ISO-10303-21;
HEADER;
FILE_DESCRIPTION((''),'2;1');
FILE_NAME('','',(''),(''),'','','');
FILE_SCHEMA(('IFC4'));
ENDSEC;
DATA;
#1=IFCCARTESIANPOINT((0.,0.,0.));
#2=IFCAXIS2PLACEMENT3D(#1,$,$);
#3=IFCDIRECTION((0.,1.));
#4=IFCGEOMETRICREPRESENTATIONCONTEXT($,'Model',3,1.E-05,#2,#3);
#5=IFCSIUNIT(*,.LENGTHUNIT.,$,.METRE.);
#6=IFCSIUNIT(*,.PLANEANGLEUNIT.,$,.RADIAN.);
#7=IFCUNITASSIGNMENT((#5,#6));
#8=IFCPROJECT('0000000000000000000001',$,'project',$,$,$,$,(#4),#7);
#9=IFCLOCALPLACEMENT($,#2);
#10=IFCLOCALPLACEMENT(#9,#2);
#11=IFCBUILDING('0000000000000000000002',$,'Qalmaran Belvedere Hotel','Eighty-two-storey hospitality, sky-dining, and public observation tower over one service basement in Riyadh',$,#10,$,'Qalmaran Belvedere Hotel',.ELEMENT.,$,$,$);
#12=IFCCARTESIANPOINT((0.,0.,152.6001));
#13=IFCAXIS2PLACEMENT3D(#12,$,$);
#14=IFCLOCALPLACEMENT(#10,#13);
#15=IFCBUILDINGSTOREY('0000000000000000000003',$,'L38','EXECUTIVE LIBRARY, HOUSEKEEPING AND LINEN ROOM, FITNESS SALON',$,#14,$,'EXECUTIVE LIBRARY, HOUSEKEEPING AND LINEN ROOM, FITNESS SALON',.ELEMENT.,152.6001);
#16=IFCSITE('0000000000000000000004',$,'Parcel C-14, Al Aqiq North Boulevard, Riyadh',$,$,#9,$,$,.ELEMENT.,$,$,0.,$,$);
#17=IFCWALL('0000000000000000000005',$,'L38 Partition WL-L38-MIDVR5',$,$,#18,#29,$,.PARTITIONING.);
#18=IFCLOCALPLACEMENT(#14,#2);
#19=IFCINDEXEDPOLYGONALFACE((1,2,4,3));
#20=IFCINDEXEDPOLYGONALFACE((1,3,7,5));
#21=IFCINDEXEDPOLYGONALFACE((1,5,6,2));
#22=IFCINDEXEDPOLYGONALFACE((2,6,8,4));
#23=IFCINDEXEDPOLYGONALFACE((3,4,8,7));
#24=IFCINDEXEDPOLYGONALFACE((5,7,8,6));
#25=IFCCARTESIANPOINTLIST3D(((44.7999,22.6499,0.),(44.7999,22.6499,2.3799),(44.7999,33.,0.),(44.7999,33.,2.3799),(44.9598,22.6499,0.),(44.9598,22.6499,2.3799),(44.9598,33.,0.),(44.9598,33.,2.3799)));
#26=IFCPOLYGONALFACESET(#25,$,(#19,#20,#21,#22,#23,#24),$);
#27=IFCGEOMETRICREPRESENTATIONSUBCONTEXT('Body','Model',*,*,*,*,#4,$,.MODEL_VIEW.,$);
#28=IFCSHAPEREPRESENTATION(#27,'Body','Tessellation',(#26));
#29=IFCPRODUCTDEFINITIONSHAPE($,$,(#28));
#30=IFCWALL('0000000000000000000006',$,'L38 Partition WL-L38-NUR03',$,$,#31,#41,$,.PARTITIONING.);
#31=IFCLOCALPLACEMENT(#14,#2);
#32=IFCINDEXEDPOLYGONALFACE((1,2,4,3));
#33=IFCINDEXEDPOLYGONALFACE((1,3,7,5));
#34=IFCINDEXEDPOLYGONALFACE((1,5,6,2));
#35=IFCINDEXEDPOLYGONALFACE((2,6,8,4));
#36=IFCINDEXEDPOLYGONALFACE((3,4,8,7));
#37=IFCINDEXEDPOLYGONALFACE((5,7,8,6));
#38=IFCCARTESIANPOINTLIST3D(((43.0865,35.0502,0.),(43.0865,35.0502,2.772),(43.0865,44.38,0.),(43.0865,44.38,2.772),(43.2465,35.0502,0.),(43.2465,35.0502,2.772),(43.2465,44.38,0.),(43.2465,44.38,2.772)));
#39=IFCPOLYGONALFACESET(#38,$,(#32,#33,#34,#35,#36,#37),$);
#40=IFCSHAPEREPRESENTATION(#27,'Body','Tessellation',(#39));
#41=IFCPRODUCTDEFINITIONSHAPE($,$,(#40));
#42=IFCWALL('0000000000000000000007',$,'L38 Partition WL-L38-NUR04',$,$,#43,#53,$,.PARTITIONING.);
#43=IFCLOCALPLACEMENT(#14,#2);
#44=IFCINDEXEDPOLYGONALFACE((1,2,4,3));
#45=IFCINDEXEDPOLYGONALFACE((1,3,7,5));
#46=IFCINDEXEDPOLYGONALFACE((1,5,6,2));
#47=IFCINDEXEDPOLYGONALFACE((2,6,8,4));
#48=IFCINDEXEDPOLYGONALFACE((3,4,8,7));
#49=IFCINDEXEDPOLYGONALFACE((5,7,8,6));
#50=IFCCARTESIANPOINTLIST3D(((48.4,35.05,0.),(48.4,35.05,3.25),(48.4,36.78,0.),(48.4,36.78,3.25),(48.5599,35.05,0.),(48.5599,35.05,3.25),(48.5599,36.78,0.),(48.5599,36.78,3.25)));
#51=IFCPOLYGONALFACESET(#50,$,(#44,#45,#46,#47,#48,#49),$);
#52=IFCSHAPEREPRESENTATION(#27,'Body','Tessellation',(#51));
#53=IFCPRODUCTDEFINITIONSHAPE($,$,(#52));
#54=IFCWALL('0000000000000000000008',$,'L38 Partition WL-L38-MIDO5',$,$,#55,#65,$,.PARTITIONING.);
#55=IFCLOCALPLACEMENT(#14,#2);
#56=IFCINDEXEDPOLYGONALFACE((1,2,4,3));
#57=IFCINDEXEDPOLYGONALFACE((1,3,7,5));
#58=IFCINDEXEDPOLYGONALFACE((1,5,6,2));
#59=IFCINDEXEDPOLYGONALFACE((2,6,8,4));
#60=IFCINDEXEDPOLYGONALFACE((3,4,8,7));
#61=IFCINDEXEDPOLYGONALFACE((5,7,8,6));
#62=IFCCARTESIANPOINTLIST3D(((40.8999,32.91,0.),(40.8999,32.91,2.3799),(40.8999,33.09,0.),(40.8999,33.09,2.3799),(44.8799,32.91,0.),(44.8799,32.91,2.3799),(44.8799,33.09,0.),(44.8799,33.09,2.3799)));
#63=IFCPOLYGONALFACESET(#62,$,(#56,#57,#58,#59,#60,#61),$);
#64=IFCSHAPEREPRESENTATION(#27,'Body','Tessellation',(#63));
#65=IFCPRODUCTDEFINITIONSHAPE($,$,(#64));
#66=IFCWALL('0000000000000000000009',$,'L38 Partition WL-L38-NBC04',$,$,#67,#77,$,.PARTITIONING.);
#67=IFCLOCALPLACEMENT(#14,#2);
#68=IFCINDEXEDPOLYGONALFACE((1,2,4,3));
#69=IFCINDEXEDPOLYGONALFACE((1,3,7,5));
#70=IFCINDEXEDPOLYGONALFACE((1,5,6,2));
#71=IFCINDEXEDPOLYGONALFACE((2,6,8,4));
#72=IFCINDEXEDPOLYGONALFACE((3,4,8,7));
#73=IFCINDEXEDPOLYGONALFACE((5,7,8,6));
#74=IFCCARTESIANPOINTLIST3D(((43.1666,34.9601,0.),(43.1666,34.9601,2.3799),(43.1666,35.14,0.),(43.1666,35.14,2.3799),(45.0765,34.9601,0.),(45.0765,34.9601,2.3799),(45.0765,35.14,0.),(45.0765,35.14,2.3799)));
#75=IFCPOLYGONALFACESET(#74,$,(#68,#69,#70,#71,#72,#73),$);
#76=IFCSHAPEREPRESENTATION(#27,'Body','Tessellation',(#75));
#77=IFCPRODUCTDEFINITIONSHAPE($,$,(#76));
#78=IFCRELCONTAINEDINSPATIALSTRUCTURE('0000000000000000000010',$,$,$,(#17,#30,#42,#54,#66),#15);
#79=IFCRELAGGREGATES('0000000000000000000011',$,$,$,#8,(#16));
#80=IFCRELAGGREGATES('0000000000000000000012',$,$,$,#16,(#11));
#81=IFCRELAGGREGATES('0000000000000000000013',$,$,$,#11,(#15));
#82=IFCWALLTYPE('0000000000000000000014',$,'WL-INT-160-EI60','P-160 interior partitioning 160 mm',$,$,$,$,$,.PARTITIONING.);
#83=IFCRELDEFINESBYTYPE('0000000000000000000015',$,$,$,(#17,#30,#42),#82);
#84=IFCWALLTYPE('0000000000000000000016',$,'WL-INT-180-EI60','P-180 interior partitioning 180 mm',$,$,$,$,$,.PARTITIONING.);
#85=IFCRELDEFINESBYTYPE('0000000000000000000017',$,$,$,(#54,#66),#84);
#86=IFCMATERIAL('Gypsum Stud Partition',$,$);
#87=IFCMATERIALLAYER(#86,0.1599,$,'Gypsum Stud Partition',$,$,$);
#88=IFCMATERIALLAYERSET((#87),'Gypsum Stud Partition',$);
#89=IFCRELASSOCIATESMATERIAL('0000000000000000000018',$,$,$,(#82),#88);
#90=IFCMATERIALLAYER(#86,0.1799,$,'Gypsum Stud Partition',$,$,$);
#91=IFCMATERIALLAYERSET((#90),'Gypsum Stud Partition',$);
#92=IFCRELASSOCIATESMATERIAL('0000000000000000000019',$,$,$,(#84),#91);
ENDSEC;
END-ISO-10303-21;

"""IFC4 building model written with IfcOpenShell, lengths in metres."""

from ifc_helpers import new_model, si_unit, direction, frame, frame_2d, origin, place, context, subcontext, project, spatial, rectangle, extrude, material, layer, layer_set, type_object, element, save


model = new_model("IFC4")

# Units and contexts
model_context = context("Model", 3, precision=1e-05, world=origin(), true_north=direction((0.0, 1.0)))
body_context = subcontext(model_context, "Body", "Model", "MODEL_VIEW")
ifc_project = project(units=[si_unit("LENGTHUNIT", "METRE"), si_unit("PLANEANGLEUNIT", "RADIAN")], contexts=[model_context])

# Site, building, storey
site_placement = place(None, origin())
site = spatial("IfcSite", under=ifc_project, at=site_placement, Name="Parcel C-14, Al Aqiq North Boulevard, Riyadh", CompositionType="ELEMENT", RefElevation=0.0)
building_placement = place(site_placement, origin())
building = spatial("IfcBuilding", under=site, at=building_placement, Name="Qalmaran Belvedere Hotel", Description="Eighty-two-storey hospitality, sky-dining, and public observation tower over one service basement in Riyadh", LongName="Qalmaran Belvedere Hotel", CompositionType="ELEMENT")
storey_placement = place(building_placement, frame((0.0, 0.0, 152.6001)))
storey = spatial("IfcBuildingStorey", under=building, at=storey_placement, Name="L38", Description="EXECUTIVE LIBRARY, HOUSEKEEPING AND LINEN ROOM, FITNESS SALON", LongName="EXECUTIVE LIBRARY, HOUSEKEEPING AND LINEN ROOM, FITNESS SALON", CompositionType="ELEMENT", Elevation=152.6001)

# Shared definitions
ifc_material_1 = material(Name="Gypsum Stud Partition")
ifc_layer_1 = layer(ifc_material_1, 0.1599, Name="Gypsum Stud Partition")
ifc_layer_set_1 = layer_set([ifc_layer_1], Name="Gypsum Stud Partition")
wall_type_1 = type_object("IfcWallType", Name="WL-INT-160-EI60", Description="P-160 interior partitioning 160 mm", PredefinedType="PARTITIONING", material=ifc_layer_set_1)

# Walls
wall_1_placement = place(storey_placement, frame((44.8799, 22.6499, 0.0), z_axis=(0.0, 0.0, 1.0), x_axis=(0.0, 1.0, 0.0)))
element("IfcWall", 1, at=wall_1_placement, inside=storey, type_object=wall_type_1, Name="L38 Partition WL-L38-MIDVR5", PredefinedType="PARTITIONING", context=body_context, shape_type="SweptSolid", body=[
    extrude(rectangle(XDim=10.3501, YDim=0.1599, at=frame_2d((5.175, 0.0))), origin(), (0.0, 0.0, 1.0), 2.3799),
])
wall_2_placement = place(storey_placement, frame((43.1665, 35.05, 0.0), z_axis=(0.0, 0.0, 1.0), x_axis=(0.0, 1.0, 0.0)))
element("IfcWall", 2, at=wall_2_placement, inside=storey, type_object=wall_type_1, Name="L38 Partition WL-L38-NUR03", PredefinedType="PARTITIONING", context=body_context, shape_type="SweptSolid", body=[
    extrude(rectangle(XDim=9.3298, YDim=0.1599, at=frame_2d((4.665, 0.0))), origin(), (0.0, 0.0, 1.0), 2.772),
])
wall_3_placement = place(storey_placement, frame((48.48, 35.05, 0.0), z_axis=(0.0, 0.0, 1.0), x_axis=(0.0, 1.0, 0.0)))
element("IfcWall", 3, at=wall_3_placement, inside=storey, type_object=wall_type_1, Name="L38 Partition WL-L38-NUR04", PredefinedType="PARTITIONING", context=body_context, shape_type="SweptSolid", body=[
    extrude(rectangle(XDim=1.73, YDim=0.1599, at=frame_2d((0.865, 0.0))), origin(), (0.0, 0.0, 1.0), 3.25),
])
ifc_layer_2 = layer(ifc_material_1, 0.1799, Name="Gypsum Stud Partition")
ifc_layer_set_2 = layer_set([ifc_layer_2], Name="Gypsum Stud Partition")
wall_type_2 = type_object("IfcWallType", Name="WL-INT-180-EI60", Description="P-180 interior partitioning 180 mm", PredefinedType="PARTITIONING", material=ifc_layer_set_2)
wall_4_placement = place(storey_placement, frame((40.8999, 33.0, 0.0), z_axis=(0.0, 0.0, 1.0), x_axis=(1.0, 0.0, 0.0)))
element("IfcWall", 4, at=wall_4_placement, inside=storey, type_object=wall_type_2, Name="L38 Partition WL-L38-MIDO5", PredefinedType="PARTITIONING", context=body_context, shape_type="SweptSolid", body=[
    extrude(rectangle(XDim=3.98, YDim=0.1799, at=frame_2d((1.99, 0.0))), origin(), (0.0, 0.0, 1.0), 2.3799),
])
wall_5_placement = place(storey_placement, frame((43.1665, 35.05, 0.0), z_axis=(0.0, 0.0, 1.0), x_axis=(1.0, 0.0, 0.0)))
element("IfcWall", 5, at=wall_5_placement, inside=storey, type_object=wall_type_2, Name="L38 Partition WL-L38-NBC04", PredefinedType="PARTITIONING", context=body_context, shape_type="SweptSolid", body=[
    extrude(rectangle(XDim=1.9099, YDim=0.1799, at=frame_2d((0.9551, 0.0))), origin(), (0.0, 0.0, 1.0), 2.3799),
])

save(model, "model.ifc")
